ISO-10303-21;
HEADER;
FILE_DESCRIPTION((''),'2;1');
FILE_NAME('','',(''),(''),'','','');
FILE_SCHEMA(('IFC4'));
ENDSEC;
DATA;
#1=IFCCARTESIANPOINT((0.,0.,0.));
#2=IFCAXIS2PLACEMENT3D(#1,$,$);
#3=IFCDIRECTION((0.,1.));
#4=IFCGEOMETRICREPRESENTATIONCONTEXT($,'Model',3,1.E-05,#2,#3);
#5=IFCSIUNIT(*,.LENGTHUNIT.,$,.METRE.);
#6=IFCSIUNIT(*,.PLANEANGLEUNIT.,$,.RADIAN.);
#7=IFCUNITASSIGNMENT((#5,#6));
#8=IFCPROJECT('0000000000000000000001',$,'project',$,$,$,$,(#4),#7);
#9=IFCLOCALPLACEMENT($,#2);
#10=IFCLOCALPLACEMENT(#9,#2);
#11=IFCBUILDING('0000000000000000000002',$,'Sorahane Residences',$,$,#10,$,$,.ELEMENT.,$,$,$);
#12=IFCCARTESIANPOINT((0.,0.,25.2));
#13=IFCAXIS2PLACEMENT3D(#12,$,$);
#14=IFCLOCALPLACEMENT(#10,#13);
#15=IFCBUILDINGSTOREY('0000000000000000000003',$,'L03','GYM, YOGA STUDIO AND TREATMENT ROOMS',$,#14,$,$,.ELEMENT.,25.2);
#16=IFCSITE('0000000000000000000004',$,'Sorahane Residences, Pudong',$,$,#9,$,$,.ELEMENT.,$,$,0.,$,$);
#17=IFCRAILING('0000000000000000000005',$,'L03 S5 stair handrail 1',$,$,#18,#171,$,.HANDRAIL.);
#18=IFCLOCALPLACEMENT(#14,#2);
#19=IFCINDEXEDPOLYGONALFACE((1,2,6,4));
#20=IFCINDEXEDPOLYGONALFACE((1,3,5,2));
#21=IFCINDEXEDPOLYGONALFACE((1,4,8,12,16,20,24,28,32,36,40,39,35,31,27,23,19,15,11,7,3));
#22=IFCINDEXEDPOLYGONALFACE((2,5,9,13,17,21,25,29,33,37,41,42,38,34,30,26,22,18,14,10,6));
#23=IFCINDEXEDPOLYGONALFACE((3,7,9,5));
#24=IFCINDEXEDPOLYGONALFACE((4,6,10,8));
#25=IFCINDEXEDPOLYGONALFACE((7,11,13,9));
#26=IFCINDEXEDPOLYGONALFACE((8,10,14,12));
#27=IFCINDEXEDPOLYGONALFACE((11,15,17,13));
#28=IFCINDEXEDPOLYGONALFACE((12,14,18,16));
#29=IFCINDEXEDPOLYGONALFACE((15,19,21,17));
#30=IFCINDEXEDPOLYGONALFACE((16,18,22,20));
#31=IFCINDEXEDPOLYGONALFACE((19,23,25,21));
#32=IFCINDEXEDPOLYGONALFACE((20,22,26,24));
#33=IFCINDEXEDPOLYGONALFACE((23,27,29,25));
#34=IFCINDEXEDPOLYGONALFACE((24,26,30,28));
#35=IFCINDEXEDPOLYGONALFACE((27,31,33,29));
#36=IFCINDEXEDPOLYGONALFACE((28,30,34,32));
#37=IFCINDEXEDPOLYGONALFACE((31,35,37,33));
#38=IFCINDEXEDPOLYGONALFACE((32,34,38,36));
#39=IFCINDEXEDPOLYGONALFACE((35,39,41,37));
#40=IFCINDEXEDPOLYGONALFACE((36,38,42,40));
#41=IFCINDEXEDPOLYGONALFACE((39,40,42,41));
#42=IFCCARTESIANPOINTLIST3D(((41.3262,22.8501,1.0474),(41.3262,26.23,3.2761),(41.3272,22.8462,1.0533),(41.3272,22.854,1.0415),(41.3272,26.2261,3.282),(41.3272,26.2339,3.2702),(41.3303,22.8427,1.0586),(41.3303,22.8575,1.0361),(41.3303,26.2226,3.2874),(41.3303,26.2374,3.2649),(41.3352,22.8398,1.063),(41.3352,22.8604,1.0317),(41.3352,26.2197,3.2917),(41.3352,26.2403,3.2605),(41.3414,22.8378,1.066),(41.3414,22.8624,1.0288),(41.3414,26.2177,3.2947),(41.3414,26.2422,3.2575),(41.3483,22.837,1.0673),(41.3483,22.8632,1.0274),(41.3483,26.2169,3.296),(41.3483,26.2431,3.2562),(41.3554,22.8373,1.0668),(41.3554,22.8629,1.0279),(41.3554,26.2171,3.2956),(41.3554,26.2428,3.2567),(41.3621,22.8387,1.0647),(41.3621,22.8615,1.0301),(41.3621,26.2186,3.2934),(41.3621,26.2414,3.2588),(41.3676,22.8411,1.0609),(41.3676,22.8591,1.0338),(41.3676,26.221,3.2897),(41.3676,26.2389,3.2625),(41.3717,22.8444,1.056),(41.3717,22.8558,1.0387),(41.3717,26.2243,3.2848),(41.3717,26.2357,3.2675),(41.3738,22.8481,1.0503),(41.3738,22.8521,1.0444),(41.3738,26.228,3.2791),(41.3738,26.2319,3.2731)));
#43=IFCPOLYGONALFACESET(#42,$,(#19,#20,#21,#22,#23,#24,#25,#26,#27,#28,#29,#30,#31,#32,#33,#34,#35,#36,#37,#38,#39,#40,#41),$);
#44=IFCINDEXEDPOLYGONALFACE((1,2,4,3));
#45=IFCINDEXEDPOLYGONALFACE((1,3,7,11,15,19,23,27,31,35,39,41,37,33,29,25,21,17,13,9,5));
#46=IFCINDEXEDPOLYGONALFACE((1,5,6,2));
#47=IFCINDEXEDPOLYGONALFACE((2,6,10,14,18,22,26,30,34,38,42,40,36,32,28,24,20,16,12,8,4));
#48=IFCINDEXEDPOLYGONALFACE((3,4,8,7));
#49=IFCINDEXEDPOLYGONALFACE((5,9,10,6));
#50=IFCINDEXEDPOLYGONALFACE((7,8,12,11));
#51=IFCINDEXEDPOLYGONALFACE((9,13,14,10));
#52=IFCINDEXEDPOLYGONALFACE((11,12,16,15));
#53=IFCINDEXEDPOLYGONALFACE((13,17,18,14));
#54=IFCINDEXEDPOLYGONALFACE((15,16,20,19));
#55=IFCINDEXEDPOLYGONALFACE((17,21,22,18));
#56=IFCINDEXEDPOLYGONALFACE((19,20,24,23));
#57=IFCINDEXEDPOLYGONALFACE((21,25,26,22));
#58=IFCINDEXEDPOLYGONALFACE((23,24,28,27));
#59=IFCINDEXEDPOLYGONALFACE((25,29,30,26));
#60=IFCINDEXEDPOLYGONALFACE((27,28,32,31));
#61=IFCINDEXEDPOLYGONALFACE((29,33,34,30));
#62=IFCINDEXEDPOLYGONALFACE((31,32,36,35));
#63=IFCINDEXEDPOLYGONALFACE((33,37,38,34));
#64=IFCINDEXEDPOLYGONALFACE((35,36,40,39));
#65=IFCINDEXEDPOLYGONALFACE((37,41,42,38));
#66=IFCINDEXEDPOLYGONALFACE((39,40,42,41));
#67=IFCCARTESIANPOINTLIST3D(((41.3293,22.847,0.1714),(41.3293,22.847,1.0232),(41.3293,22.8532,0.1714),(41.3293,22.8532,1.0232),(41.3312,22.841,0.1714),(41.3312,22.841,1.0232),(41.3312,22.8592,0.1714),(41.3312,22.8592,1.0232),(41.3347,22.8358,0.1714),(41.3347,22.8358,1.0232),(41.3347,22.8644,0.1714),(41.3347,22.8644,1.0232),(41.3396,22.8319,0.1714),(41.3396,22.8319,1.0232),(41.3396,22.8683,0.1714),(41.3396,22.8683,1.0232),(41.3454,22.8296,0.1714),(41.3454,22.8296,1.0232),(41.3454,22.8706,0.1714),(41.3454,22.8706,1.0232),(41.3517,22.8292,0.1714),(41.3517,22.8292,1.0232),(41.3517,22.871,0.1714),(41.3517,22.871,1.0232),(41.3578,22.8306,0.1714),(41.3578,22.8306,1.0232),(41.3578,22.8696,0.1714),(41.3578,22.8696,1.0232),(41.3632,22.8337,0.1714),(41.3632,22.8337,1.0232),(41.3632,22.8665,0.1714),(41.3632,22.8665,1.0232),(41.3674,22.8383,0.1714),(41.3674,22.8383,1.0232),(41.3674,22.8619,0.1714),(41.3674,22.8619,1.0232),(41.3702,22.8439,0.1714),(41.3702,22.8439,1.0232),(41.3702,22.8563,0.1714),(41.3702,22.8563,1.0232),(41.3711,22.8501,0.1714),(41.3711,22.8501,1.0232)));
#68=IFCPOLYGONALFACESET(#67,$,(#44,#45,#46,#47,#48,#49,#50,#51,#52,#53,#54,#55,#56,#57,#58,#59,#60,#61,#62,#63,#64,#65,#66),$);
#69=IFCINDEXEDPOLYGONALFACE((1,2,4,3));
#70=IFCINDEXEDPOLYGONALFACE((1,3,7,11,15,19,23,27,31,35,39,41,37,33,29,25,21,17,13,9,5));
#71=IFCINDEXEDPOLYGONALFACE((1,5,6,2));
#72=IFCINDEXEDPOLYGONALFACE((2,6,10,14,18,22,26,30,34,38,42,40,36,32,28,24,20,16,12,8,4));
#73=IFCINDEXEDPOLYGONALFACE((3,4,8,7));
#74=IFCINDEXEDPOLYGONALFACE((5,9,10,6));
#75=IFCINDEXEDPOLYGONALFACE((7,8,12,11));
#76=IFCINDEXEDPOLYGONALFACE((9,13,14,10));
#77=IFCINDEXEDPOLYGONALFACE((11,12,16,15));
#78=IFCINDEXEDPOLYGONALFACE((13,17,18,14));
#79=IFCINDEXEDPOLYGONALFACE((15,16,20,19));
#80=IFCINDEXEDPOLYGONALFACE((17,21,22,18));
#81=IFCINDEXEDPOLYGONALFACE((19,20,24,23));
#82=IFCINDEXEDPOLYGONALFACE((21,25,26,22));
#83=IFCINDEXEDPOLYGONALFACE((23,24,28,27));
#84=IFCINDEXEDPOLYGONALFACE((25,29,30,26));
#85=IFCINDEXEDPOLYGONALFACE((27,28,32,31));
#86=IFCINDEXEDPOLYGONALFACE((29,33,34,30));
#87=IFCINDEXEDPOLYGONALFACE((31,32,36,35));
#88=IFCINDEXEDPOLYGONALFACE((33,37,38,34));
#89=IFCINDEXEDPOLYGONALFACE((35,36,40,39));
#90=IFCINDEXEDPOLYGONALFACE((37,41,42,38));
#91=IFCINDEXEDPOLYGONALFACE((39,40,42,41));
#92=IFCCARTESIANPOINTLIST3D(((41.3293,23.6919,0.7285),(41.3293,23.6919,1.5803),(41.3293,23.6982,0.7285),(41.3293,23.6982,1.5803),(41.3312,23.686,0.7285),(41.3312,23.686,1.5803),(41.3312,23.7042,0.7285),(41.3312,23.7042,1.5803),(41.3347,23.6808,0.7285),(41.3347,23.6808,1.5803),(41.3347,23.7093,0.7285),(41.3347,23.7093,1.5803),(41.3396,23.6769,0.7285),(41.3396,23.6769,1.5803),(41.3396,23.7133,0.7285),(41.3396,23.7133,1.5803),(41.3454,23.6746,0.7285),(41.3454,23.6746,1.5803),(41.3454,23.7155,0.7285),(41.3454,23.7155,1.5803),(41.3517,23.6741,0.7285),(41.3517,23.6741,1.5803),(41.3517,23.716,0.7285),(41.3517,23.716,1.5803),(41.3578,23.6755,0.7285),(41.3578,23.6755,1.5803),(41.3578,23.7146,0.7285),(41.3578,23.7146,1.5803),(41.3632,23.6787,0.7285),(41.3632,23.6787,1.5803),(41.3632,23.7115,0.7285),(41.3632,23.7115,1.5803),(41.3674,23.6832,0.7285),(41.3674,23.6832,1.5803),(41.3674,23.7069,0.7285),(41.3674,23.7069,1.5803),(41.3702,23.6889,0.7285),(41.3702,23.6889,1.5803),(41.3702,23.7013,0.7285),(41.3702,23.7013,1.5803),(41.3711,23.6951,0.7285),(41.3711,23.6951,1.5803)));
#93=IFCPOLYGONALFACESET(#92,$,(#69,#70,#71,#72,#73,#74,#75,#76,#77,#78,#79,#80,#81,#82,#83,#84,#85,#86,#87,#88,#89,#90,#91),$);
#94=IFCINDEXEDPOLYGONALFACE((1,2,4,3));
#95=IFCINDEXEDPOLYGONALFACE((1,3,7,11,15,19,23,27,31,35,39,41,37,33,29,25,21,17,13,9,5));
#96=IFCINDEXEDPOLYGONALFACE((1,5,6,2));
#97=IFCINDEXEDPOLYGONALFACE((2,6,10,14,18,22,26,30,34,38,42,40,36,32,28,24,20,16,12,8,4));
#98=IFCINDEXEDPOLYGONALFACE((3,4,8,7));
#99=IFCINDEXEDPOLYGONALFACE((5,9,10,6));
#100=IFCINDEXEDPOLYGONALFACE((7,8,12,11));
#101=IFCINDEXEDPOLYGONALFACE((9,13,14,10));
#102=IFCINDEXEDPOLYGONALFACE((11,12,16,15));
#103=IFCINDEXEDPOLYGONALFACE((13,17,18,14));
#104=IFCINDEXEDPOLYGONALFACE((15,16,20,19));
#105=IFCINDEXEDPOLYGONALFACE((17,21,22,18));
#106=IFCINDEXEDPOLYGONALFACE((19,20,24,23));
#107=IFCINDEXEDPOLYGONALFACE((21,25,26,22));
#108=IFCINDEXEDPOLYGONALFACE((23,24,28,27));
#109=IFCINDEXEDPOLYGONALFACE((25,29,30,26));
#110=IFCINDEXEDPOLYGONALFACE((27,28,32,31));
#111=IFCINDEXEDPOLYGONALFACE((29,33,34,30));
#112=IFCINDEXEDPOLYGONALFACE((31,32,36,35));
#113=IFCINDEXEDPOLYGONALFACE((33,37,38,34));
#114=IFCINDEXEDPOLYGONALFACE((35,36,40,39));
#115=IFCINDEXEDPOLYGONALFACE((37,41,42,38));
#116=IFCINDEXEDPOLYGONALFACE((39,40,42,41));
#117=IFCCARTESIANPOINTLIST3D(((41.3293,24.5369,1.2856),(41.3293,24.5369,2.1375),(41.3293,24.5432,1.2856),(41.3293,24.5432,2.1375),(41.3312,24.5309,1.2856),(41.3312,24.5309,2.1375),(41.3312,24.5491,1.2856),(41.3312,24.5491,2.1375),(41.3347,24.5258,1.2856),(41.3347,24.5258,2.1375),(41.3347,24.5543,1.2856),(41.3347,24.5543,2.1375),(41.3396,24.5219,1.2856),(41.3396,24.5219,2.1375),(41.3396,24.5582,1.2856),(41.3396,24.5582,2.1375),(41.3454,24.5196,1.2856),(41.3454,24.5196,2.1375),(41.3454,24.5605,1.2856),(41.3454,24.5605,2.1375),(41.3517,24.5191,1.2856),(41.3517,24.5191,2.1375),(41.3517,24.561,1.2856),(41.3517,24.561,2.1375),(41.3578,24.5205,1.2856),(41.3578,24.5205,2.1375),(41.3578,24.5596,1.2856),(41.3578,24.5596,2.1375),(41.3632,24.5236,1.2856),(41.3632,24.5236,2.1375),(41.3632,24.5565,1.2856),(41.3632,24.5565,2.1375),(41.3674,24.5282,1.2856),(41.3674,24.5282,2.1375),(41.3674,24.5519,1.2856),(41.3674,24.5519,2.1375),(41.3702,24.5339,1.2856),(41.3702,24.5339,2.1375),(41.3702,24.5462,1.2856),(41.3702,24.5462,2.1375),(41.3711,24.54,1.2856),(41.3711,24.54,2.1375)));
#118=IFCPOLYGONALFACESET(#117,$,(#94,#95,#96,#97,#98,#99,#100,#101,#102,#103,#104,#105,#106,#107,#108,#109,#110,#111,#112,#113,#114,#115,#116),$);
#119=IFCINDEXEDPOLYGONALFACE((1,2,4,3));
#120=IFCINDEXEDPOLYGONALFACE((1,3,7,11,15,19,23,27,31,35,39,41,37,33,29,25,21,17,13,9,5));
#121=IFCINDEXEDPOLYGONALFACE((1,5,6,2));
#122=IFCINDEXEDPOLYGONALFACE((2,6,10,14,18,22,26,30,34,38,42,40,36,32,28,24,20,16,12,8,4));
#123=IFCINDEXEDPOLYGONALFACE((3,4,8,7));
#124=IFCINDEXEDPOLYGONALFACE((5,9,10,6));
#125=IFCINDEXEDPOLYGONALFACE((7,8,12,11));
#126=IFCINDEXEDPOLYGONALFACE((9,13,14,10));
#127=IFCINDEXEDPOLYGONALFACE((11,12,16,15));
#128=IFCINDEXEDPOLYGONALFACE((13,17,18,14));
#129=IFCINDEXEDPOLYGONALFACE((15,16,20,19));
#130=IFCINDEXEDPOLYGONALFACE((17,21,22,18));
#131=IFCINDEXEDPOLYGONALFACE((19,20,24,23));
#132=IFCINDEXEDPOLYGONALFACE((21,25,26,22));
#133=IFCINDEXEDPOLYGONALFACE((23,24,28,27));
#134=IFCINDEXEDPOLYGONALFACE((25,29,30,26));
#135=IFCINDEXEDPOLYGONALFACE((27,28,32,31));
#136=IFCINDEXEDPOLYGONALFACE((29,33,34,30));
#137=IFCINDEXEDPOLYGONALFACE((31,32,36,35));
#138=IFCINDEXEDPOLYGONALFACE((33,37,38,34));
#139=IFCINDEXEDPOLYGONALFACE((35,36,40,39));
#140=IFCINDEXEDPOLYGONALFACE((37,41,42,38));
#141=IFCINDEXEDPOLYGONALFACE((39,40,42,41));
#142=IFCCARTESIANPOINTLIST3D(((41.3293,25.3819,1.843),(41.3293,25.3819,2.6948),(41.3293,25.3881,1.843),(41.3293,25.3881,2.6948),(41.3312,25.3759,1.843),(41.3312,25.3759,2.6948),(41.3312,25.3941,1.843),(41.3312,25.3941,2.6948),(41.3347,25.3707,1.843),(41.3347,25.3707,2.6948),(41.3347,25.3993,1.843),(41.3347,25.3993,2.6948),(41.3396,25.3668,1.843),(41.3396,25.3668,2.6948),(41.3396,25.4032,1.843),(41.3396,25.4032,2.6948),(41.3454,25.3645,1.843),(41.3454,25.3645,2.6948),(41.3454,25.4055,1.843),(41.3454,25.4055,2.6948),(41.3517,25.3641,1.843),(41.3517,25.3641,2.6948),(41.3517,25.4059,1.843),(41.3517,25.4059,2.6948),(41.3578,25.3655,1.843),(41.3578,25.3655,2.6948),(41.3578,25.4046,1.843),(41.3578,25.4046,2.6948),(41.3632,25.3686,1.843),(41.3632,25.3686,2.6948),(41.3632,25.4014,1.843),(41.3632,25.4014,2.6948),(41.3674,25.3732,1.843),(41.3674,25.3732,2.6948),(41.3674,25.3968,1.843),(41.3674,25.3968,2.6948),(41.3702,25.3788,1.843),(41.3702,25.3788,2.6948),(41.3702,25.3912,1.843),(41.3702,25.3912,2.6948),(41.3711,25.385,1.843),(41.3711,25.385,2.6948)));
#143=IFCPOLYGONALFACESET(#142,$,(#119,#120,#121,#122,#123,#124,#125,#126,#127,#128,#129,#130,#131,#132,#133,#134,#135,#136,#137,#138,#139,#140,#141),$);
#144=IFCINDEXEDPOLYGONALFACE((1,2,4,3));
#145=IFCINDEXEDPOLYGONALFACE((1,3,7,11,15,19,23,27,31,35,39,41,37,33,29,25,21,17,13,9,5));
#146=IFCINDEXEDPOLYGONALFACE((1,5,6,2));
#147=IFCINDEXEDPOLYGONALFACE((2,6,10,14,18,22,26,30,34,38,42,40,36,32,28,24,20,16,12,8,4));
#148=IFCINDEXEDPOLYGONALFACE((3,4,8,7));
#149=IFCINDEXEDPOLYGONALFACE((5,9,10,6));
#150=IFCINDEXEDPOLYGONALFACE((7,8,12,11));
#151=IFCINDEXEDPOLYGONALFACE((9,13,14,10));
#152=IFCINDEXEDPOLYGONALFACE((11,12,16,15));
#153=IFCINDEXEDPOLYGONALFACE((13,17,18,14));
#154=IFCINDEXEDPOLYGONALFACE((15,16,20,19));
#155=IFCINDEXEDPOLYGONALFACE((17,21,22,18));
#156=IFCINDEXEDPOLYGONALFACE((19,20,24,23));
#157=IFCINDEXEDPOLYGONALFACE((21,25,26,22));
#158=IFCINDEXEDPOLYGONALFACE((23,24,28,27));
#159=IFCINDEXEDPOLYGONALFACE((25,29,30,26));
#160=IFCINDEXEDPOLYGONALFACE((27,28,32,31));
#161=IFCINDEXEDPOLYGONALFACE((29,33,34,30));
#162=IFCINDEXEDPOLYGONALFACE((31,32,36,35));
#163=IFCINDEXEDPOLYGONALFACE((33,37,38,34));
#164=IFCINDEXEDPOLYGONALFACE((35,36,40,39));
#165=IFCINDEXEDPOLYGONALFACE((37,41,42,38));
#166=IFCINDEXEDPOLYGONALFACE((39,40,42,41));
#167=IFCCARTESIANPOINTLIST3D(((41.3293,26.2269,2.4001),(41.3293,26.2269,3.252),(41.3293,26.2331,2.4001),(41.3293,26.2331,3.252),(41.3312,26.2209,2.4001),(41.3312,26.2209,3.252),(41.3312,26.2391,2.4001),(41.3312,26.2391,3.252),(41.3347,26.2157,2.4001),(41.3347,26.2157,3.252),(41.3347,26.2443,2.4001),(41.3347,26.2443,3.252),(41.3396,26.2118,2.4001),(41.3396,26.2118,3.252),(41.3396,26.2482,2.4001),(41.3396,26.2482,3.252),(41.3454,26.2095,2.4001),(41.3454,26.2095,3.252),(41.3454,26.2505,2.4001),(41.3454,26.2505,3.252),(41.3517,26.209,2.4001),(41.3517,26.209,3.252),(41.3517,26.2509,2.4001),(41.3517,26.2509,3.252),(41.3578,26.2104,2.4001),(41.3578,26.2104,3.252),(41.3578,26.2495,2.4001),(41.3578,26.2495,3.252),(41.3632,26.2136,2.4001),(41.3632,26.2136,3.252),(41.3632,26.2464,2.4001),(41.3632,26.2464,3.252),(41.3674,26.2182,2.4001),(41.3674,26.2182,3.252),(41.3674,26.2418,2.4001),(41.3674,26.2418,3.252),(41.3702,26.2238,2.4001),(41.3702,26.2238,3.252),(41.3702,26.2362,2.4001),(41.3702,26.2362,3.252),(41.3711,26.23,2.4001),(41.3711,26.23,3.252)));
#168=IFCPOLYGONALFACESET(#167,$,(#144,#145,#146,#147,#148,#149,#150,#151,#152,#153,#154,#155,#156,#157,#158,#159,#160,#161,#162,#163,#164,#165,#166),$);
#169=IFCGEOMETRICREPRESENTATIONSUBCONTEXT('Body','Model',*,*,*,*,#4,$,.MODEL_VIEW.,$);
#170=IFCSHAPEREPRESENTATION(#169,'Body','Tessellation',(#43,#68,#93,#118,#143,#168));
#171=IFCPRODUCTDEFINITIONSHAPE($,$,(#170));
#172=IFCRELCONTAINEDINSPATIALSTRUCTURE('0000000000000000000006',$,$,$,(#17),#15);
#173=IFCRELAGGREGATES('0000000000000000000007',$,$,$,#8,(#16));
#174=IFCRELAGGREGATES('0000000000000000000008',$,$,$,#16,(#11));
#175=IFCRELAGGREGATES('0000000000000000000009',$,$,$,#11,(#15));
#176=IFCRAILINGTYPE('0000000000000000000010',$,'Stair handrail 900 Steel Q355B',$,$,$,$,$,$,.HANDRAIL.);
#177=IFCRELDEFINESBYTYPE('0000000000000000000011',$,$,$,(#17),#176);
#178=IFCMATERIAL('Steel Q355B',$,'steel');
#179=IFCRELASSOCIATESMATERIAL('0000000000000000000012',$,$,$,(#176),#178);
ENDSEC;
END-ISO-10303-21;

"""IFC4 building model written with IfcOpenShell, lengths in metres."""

from ifc_helpers import new_model, si_unit, direction, frame, origin, origin_2d, place, context, subcontext, project, spatial, circle, extrude, material, type_object, element, save


model = new_model("IFC4")

# Units and contexts
model_context = context("Model", 3, precision=1e-05, world=origin(), true_north=direction((0.0, 1.0)))
body_context = subcontext(model_context, "Body", "Model", "MODEL_VIEW")
ifc_project = project(units=[si_unit("LENGTHUNIT", "METRE"), si_unit("PLANEANGLEUNIT", "RADIAN")], contexts=[model_context])

# Site, building, storey
site_placement = place(None, origin())
site = spatial("IfcSite", under=ifc_project, at=site_placement, Name="Sorahane Residences, Pudong", CompositionType="ELEMENT", RefElevation=0.0)
building_placement = place(site_placement, origin())
building = spatial("IfcBuilding", under=site, at=building_placement, Name="Sorahane Residences", CompositionType="ELEMENT")
storey_placement = place(building_placement, frame((0.0, 0.0, 25.2)))
storey = spatial("IfcBuildingStorey", under=building, at=storey_placement, Name="L03", Description="GYM, YOGA STUDIO AND TREATMENT ROOMS", CompositionType="ELEMENT", Elevation=25.2)

# Railing
ifc_material_1 = material(Name="Steel Q355B", Category="steel")
railing_type_1 = type_object("IfcRailingType", Name="Stair handrail 900 Steel Q355B", PredefinedType="HANDRAIL", material=ifc_material_1)
railing_1_placement = place(storey_placement, frame((41.3501, 22.8501, 0.1714)))
element("IfcRailing", 1, at=railing_1_placement, inside=storey, type_object=railing_type_1, Name="L03 S5 stair handrail 1", PredefinedType="HANDRAIL", context=body_context, shape_type="SweptSolid", body=[
    extrude(circle(Radius=0.0239, at=origin_2d()), frame((0.0, 0.0, 0.876), z_axis=(0.0, 0.834832, 0.550504), x_axis=(-1.0, 0.0, 0.0)), (0.0, 0.0, 1.0), 4.0486),
    extrude(circle(Radius=0.021, at=origin_2d()), origin(), (0.0, 0.0, 1.0), 0.8518),
    extrude(circle(Radius=0.021, at=origin_2d()), frame((0.0, 0.845, 0.5571)), (0.0, 0.0, 1.0), 0.8518),
    extrude(circle(Radius=0.021, at=origin_2d()), frame((0.0, 1.6899, 1.1143)), (0.0, 0.0, 1.0), 0.8518),
    extrude(circle(Radius=0.021, at=origin_2d()), frame((0.0, 2.5349, 1.6716)), (0.0, 0.0, 1.0), 0.8518),
    extrude(circle(Radius=0.021, at=origin_2d()), frame((0.0, 3.3799, 2.2288)), (0.0, 0.0, 1.0), 0.8518),
])

save(model, "model.ifc")
